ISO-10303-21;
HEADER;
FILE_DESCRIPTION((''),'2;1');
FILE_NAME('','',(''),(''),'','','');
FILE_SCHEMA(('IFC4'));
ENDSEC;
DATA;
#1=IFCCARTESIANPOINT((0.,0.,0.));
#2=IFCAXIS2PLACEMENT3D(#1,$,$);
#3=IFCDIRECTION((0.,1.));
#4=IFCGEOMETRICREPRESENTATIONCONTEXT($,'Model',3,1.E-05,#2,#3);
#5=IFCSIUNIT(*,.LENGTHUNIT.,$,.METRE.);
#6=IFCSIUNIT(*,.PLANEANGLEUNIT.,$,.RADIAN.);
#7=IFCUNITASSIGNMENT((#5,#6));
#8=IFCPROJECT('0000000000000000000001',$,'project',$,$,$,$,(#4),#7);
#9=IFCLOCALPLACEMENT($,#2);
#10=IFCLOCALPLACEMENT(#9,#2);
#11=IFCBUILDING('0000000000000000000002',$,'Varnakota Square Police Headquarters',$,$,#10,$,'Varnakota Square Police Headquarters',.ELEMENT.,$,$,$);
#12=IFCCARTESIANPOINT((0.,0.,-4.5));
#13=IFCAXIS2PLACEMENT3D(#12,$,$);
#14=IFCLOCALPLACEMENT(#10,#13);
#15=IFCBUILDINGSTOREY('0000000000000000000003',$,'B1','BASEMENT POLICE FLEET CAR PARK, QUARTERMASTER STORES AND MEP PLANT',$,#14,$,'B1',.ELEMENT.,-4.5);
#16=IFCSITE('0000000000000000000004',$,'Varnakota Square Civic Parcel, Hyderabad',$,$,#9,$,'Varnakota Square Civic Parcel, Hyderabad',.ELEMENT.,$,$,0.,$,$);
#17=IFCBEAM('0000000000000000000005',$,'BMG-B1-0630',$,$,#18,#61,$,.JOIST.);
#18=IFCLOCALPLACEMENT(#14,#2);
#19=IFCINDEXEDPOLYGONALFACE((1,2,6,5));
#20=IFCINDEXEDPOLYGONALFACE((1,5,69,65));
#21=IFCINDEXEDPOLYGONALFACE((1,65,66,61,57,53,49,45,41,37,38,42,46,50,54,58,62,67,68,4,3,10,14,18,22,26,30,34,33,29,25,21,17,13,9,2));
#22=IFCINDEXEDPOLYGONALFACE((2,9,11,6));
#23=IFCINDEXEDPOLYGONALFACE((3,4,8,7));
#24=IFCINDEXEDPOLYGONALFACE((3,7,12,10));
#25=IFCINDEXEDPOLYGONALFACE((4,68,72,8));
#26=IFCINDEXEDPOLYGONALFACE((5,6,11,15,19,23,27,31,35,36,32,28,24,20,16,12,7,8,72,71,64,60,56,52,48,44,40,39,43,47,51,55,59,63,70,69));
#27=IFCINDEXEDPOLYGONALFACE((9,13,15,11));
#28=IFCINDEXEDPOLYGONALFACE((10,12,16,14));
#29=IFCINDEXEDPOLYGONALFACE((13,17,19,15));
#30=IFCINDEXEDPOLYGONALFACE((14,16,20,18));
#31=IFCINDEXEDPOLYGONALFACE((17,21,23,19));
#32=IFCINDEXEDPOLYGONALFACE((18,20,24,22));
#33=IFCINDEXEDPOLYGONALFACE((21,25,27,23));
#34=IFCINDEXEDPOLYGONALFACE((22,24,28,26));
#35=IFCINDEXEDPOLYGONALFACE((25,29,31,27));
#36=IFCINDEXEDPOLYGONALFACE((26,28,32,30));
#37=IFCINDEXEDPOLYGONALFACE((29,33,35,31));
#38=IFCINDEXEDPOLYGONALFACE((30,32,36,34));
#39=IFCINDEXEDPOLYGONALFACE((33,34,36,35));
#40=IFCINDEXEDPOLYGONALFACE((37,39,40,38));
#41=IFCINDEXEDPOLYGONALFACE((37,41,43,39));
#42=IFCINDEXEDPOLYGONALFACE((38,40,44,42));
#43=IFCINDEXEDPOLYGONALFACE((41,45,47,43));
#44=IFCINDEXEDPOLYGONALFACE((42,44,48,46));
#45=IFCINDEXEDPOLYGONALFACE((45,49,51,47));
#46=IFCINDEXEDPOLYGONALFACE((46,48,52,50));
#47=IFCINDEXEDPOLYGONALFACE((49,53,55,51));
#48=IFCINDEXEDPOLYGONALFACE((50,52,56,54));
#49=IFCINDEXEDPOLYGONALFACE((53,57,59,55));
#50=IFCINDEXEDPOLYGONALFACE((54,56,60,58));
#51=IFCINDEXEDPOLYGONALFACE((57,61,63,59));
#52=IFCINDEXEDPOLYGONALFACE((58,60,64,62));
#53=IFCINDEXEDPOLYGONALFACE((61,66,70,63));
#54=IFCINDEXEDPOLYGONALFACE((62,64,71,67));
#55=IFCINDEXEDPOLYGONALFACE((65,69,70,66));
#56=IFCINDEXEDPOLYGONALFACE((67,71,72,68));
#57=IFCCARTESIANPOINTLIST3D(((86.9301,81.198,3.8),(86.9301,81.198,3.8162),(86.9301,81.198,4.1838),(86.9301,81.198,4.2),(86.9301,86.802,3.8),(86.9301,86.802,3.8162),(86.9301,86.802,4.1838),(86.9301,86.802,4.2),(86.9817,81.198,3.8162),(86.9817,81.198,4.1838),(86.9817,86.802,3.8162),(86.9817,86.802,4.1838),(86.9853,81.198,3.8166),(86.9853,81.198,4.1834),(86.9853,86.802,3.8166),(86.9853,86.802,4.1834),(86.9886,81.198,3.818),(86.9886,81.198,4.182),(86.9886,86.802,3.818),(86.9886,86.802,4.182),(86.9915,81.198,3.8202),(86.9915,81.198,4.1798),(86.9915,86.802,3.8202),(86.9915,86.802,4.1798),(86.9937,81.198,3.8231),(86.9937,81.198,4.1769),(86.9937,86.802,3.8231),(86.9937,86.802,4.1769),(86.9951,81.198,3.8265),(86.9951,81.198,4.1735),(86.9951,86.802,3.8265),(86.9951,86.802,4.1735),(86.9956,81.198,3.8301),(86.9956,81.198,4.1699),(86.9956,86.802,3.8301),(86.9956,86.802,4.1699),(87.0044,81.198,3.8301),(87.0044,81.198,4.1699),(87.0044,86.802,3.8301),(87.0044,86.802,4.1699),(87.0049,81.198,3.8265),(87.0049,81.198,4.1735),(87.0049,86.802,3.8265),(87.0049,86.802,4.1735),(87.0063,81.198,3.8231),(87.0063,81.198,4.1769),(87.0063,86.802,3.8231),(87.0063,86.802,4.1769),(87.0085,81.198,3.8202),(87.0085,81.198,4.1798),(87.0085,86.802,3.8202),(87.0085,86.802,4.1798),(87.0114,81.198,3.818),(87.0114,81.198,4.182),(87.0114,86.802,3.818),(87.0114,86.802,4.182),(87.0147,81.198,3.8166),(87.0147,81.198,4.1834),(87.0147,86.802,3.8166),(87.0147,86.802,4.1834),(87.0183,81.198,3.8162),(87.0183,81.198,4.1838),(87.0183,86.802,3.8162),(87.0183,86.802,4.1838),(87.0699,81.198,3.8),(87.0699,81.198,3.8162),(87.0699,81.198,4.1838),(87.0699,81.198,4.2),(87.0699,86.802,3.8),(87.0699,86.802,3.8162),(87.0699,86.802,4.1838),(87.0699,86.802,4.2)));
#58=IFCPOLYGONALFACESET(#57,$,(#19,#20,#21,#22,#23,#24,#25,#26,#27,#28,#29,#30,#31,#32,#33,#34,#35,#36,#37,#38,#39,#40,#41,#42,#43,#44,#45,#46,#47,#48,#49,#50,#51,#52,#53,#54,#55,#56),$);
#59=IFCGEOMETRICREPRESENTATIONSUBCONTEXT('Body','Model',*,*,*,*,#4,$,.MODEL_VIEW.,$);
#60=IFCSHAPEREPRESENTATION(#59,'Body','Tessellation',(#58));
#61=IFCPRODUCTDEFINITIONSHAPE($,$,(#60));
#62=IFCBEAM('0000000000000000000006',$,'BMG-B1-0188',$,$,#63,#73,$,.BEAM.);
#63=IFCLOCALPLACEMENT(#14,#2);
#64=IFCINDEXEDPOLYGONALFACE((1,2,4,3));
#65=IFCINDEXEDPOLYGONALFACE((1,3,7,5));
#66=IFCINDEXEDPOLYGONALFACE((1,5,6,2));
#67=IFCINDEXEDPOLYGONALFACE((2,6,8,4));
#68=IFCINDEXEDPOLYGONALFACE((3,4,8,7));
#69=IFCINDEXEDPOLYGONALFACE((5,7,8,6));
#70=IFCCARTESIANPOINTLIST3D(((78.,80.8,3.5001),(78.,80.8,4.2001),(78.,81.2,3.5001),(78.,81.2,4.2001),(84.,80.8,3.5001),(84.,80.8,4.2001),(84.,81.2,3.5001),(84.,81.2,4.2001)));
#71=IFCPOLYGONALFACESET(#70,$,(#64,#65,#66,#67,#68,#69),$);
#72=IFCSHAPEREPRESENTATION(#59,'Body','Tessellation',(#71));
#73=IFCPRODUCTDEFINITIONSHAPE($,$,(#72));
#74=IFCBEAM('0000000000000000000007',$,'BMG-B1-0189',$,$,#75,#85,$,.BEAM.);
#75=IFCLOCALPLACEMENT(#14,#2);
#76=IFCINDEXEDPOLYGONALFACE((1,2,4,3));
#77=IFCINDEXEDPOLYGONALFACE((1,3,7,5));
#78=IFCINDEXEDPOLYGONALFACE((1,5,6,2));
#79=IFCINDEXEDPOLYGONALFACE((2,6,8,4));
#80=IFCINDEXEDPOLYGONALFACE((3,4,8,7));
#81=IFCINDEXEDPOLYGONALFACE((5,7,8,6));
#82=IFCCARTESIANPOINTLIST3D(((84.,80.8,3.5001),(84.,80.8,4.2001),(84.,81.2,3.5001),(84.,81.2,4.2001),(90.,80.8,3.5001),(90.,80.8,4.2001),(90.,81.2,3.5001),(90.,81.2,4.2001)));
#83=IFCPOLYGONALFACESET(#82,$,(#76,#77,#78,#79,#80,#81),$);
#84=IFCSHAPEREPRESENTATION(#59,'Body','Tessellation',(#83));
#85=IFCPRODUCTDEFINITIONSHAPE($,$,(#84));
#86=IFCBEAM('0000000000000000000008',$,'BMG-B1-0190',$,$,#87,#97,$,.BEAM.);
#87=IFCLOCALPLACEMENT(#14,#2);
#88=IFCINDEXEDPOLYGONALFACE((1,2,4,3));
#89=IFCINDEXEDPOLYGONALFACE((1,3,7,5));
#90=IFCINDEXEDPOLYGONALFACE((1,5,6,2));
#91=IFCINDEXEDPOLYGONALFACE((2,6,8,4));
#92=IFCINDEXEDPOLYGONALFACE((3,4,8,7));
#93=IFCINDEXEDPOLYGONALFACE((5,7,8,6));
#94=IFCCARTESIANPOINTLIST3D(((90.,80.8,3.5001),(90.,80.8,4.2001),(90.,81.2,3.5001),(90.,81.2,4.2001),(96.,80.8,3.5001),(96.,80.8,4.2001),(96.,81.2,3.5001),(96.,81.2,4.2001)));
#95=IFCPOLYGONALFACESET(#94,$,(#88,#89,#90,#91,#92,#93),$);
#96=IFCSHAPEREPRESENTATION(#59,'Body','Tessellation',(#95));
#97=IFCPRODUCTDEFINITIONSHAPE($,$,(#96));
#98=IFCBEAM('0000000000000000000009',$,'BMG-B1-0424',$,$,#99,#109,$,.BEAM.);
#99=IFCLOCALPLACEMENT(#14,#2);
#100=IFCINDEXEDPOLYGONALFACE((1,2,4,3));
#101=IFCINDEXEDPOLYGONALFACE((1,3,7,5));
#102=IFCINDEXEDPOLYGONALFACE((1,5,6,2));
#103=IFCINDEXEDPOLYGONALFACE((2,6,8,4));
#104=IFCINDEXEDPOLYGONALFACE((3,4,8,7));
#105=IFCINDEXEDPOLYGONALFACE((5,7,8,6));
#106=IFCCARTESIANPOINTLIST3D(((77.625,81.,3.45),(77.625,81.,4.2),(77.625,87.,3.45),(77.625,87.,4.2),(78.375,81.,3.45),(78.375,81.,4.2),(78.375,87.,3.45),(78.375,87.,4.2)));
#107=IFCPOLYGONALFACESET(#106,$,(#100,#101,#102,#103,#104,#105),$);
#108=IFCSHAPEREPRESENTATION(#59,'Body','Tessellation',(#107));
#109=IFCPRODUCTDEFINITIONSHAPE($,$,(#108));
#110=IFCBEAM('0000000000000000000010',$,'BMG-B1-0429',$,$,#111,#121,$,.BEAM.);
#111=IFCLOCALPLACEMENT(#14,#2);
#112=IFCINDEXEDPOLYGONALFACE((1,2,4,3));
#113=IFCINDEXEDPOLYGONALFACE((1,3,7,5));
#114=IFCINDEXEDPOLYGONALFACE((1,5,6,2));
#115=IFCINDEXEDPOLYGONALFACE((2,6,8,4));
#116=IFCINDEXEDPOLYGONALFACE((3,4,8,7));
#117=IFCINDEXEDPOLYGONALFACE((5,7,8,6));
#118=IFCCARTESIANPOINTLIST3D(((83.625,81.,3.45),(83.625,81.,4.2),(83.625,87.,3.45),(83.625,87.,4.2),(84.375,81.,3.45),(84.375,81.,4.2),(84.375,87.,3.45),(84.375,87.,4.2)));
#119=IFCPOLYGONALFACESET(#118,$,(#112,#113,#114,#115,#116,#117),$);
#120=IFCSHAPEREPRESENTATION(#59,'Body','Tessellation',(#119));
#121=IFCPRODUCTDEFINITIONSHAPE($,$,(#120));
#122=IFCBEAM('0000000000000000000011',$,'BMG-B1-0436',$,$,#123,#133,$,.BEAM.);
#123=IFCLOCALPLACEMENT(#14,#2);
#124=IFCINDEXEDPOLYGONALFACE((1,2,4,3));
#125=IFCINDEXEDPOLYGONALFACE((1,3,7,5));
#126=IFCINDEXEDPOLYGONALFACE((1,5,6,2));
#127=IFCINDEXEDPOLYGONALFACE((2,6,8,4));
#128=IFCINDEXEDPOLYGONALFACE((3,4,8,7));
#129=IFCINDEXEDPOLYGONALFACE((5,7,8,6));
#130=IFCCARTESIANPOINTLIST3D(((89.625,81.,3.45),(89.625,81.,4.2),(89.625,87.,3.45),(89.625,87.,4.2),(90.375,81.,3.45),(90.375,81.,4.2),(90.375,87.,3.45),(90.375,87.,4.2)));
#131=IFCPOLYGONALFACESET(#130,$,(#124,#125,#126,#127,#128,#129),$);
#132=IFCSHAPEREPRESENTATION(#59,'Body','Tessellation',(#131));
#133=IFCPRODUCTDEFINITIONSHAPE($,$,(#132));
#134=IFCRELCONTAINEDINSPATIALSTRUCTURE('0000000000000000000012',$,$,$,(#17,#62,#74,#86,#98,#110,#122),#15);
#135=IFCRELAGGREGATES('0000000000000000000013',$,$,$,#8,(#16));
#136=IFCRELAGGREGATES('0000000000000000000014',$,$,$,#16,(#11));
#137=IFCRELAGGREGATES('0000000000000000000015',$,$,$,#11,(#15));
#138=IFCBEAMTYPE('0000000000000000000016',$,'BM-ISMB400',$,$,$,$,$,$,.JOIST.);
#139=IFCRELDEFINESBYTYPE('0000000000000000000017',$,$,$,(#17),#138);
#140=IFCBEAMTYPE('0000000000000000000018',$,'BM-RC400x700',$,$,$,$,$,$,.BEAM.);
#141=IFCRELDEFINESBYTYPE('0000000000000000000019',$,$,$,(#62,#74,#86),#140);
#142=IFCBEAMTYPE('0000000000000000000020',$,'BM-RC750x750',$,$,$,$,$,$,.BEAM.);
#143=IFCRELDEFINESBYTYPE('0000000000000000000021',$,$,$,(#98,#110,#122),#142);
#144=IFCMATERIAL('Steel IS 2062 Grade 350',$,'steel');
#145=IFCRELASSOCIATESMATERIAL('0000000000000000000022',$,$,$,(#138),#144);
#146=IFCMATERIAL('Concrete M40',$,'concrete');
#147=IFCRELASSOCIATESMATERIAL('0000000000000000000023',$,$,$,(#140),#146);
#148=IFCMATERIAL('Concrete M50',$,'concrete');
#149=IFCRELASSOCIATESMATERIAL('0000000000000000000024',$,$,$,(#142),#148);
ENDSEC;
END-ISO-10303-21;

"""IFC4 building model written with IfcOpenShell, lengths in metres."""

from ifc_helpers import new_model, si_unit, direction, frame, origin, origin_2d, place, context, subcontext, project, spatial, rectangle, i_section, extrude, material, material_profile, profile_set, type_object, element, save


model = new_model("IFC4")

# Units and contexts
model_context = context("Model", 3, precision=1e-05, world=origin(), true_north=direction((0.0, 1.0)))
body_context = subcontext(model_context, "Body", "Model", "MODEL_VIEW")
ifc_project = project(units=[si_unit("LENGTHUNIT", "METRE"), si_unit("PLANEANGLEUNIT", "RADIAN")], contexts=[model_context])

# Site, building, storey
site_placement = place(None, origin())
site = spatial("IfcSite", under=ifc_project, at=site_placement, Name="Varnakota Square Civic Parcel, Hyderabad", LongName="Varnakota Square Civic Parcel, Hyderabad", CompositionType="ELEMENT", RefElevation=0.0)
building_placement = place(site_placement, origin())
building = spatial("IfcBuilding", under=site, at=building_placement, Name="Varnakota Square Police Headquarters", LongName="Varnakota Square Police Headquarters", CompositionType="ELEMENT")
storey_placement = place(building_placement, frame((0.0, 0.0, -4.5)))
storey = spatial("IfcBuildingStorey", under=building, at=storey_placement, Name="B1", Description="BASEMENT POLICE FLEET CAR PARK, QUARTERMASTER STORES AND MEP PLANT", LongName="B1", CompositionType="ELEMENT", Elevation=-4.5)

# Shared definitions
ifc_material_1 = material(Name="Concrete M40", Category="concrete")

# Shared definitions
ifc_material_2 = material(Name="Concrete M50", Category="concrete")

# Beams
ifc_material_3 = material(Name="Steel IS 2062 Grade 350", Category="steel")
ifc_material_profile_1 = material_profile(ifc_material_3, i_section(OverallWidth=0.1399, OverallDepth=0.3999, WebThickness=0.0088, FlangeThickness=0.0161, FilletRadius=0.0139, at=origin_2d()), Name="ISMB 400")
ifc_profile_set_1 = profile_set([ifc_material_profile_1], Name="Steel IS 2062 Grade 350")
beam_type_1 = type_object("IfcBeamType", Name="BM-ISMB400", PredefinedType="JOIST", material=ifc_profile_set_1)
beam_1_placement = place(storey_placement, frame((87.0, 81.198, 4.0), z_axis=(0.0, 1.0, 0.0), x_axis=(-1.0, 0.0, 0.0)))
element("IfcBeam", 1, at=beam_1_placement, inside=storey, type_object=beam_type_1, Name="BMG-B1-0630", PredefinedType="JOIST", context=body_context, shape_type="SweptSolid", body=[
    extrude(i_section(OverallWidth=0.1399, OverallDepth=0.3999, WebThickness=0.0088, FlangeThickness=0.0161, FilletRadius=0.0139, at=origin_2d()), origin(), (0.0, 0.0, 1.0), 5.604),
])
ifc_material_profile_2 = material_profile(ifc_material_1, rectangle(XDim=0.3999, YDim=0.7, at=origin_2d()), Name="RC 400x700")
ifc_profile_set_2 = profile_set([ifc_material_profile_2], Name="Concrete M40")
beam_type_2 = type_object("IfcBeamType", Name="BM-RC400x700", PredefinedType="BEAM", material=ifc_profile_set_2)
for number, where, z_axis, x_axis, name in (
    (2, (78.0, 81.0, 3.8501), (1.0, 0.0, 0.0), (0.0, 1.0, 0.0), "BMG-B1-0188"),
    (3, (84.0, 81.0, 3.8501), (1.0, 0.0, 0.0), (0.0, 1.0, 0.0), "BMG-B1-0189"),
    (4, (90.0, 81.0, 3.8501), (1.0, 0.0, 0.0), (0.0, 1.0, 0.0), "BMG-B1-0190"),
):
    element("IfcBeam", number, at=place(storey_placement, frame(where, z_axis=z_axis, x_axis=x_axis)), inside=storey, type_object=beam_type_2, Name=name, PredefinedType="BEAM", context=body_context, shape_type="SweptSolid", body=[
        extrude(rectangle(XDim=0.3999, YDim=0.7, at=origin_2d()), origin(), (0.0, 0.0, 1.0), 6.0),
    ])
ifc_material_profile_3 = material_profile(ifc_material_2, rectangle(XDim=0.75, YDim=0.75, at=origin_2d()), Name="RC 750x750")
ifc_profile_set_3 = profile_set([ifc_material_profile_3], Name="Concrete M50")
beam_type_3 = type_object("IfcBeamType", Name="BM-RC750x750", PredefinedType="BEAM", material=ifc_profile_set_3)
for number, where, z_axis, x_axis, name in (
    (5, (78.0, 81.0, 3.825), (0.0, 1.0, 0.0), (-1.0, 0.0, 0.0), "BMG-B1-0424"),
    (6, (84.0, 81.0, 3.825), (0.0, 1.0, 0.0), (-1.0, 0.0, 0.0), "BMG-B1-0429"),
    (7, (90.0, 81.0, 3.825), (0.0, 1.0, 0.0), (-1.0, 0.0, 0.0), "BMG-B1-0436"),
):
    element("IfcBeam", number, at=place(storey_placement, frame(where, z_axis=z_axis, x_axis=x_axis)), inside=storey, type_object=beam_type_3, Name=name, PredefinedType="BEAM", context=body_context, shape_type="SweptSolid", body=[
        extrude(rectangle(XDim=0.75, YDim=0.75, at=origin_2d()), origin(), (0.0, 0.0, 1.0), 6.0),
    ])

save(model, "model.ifc")
